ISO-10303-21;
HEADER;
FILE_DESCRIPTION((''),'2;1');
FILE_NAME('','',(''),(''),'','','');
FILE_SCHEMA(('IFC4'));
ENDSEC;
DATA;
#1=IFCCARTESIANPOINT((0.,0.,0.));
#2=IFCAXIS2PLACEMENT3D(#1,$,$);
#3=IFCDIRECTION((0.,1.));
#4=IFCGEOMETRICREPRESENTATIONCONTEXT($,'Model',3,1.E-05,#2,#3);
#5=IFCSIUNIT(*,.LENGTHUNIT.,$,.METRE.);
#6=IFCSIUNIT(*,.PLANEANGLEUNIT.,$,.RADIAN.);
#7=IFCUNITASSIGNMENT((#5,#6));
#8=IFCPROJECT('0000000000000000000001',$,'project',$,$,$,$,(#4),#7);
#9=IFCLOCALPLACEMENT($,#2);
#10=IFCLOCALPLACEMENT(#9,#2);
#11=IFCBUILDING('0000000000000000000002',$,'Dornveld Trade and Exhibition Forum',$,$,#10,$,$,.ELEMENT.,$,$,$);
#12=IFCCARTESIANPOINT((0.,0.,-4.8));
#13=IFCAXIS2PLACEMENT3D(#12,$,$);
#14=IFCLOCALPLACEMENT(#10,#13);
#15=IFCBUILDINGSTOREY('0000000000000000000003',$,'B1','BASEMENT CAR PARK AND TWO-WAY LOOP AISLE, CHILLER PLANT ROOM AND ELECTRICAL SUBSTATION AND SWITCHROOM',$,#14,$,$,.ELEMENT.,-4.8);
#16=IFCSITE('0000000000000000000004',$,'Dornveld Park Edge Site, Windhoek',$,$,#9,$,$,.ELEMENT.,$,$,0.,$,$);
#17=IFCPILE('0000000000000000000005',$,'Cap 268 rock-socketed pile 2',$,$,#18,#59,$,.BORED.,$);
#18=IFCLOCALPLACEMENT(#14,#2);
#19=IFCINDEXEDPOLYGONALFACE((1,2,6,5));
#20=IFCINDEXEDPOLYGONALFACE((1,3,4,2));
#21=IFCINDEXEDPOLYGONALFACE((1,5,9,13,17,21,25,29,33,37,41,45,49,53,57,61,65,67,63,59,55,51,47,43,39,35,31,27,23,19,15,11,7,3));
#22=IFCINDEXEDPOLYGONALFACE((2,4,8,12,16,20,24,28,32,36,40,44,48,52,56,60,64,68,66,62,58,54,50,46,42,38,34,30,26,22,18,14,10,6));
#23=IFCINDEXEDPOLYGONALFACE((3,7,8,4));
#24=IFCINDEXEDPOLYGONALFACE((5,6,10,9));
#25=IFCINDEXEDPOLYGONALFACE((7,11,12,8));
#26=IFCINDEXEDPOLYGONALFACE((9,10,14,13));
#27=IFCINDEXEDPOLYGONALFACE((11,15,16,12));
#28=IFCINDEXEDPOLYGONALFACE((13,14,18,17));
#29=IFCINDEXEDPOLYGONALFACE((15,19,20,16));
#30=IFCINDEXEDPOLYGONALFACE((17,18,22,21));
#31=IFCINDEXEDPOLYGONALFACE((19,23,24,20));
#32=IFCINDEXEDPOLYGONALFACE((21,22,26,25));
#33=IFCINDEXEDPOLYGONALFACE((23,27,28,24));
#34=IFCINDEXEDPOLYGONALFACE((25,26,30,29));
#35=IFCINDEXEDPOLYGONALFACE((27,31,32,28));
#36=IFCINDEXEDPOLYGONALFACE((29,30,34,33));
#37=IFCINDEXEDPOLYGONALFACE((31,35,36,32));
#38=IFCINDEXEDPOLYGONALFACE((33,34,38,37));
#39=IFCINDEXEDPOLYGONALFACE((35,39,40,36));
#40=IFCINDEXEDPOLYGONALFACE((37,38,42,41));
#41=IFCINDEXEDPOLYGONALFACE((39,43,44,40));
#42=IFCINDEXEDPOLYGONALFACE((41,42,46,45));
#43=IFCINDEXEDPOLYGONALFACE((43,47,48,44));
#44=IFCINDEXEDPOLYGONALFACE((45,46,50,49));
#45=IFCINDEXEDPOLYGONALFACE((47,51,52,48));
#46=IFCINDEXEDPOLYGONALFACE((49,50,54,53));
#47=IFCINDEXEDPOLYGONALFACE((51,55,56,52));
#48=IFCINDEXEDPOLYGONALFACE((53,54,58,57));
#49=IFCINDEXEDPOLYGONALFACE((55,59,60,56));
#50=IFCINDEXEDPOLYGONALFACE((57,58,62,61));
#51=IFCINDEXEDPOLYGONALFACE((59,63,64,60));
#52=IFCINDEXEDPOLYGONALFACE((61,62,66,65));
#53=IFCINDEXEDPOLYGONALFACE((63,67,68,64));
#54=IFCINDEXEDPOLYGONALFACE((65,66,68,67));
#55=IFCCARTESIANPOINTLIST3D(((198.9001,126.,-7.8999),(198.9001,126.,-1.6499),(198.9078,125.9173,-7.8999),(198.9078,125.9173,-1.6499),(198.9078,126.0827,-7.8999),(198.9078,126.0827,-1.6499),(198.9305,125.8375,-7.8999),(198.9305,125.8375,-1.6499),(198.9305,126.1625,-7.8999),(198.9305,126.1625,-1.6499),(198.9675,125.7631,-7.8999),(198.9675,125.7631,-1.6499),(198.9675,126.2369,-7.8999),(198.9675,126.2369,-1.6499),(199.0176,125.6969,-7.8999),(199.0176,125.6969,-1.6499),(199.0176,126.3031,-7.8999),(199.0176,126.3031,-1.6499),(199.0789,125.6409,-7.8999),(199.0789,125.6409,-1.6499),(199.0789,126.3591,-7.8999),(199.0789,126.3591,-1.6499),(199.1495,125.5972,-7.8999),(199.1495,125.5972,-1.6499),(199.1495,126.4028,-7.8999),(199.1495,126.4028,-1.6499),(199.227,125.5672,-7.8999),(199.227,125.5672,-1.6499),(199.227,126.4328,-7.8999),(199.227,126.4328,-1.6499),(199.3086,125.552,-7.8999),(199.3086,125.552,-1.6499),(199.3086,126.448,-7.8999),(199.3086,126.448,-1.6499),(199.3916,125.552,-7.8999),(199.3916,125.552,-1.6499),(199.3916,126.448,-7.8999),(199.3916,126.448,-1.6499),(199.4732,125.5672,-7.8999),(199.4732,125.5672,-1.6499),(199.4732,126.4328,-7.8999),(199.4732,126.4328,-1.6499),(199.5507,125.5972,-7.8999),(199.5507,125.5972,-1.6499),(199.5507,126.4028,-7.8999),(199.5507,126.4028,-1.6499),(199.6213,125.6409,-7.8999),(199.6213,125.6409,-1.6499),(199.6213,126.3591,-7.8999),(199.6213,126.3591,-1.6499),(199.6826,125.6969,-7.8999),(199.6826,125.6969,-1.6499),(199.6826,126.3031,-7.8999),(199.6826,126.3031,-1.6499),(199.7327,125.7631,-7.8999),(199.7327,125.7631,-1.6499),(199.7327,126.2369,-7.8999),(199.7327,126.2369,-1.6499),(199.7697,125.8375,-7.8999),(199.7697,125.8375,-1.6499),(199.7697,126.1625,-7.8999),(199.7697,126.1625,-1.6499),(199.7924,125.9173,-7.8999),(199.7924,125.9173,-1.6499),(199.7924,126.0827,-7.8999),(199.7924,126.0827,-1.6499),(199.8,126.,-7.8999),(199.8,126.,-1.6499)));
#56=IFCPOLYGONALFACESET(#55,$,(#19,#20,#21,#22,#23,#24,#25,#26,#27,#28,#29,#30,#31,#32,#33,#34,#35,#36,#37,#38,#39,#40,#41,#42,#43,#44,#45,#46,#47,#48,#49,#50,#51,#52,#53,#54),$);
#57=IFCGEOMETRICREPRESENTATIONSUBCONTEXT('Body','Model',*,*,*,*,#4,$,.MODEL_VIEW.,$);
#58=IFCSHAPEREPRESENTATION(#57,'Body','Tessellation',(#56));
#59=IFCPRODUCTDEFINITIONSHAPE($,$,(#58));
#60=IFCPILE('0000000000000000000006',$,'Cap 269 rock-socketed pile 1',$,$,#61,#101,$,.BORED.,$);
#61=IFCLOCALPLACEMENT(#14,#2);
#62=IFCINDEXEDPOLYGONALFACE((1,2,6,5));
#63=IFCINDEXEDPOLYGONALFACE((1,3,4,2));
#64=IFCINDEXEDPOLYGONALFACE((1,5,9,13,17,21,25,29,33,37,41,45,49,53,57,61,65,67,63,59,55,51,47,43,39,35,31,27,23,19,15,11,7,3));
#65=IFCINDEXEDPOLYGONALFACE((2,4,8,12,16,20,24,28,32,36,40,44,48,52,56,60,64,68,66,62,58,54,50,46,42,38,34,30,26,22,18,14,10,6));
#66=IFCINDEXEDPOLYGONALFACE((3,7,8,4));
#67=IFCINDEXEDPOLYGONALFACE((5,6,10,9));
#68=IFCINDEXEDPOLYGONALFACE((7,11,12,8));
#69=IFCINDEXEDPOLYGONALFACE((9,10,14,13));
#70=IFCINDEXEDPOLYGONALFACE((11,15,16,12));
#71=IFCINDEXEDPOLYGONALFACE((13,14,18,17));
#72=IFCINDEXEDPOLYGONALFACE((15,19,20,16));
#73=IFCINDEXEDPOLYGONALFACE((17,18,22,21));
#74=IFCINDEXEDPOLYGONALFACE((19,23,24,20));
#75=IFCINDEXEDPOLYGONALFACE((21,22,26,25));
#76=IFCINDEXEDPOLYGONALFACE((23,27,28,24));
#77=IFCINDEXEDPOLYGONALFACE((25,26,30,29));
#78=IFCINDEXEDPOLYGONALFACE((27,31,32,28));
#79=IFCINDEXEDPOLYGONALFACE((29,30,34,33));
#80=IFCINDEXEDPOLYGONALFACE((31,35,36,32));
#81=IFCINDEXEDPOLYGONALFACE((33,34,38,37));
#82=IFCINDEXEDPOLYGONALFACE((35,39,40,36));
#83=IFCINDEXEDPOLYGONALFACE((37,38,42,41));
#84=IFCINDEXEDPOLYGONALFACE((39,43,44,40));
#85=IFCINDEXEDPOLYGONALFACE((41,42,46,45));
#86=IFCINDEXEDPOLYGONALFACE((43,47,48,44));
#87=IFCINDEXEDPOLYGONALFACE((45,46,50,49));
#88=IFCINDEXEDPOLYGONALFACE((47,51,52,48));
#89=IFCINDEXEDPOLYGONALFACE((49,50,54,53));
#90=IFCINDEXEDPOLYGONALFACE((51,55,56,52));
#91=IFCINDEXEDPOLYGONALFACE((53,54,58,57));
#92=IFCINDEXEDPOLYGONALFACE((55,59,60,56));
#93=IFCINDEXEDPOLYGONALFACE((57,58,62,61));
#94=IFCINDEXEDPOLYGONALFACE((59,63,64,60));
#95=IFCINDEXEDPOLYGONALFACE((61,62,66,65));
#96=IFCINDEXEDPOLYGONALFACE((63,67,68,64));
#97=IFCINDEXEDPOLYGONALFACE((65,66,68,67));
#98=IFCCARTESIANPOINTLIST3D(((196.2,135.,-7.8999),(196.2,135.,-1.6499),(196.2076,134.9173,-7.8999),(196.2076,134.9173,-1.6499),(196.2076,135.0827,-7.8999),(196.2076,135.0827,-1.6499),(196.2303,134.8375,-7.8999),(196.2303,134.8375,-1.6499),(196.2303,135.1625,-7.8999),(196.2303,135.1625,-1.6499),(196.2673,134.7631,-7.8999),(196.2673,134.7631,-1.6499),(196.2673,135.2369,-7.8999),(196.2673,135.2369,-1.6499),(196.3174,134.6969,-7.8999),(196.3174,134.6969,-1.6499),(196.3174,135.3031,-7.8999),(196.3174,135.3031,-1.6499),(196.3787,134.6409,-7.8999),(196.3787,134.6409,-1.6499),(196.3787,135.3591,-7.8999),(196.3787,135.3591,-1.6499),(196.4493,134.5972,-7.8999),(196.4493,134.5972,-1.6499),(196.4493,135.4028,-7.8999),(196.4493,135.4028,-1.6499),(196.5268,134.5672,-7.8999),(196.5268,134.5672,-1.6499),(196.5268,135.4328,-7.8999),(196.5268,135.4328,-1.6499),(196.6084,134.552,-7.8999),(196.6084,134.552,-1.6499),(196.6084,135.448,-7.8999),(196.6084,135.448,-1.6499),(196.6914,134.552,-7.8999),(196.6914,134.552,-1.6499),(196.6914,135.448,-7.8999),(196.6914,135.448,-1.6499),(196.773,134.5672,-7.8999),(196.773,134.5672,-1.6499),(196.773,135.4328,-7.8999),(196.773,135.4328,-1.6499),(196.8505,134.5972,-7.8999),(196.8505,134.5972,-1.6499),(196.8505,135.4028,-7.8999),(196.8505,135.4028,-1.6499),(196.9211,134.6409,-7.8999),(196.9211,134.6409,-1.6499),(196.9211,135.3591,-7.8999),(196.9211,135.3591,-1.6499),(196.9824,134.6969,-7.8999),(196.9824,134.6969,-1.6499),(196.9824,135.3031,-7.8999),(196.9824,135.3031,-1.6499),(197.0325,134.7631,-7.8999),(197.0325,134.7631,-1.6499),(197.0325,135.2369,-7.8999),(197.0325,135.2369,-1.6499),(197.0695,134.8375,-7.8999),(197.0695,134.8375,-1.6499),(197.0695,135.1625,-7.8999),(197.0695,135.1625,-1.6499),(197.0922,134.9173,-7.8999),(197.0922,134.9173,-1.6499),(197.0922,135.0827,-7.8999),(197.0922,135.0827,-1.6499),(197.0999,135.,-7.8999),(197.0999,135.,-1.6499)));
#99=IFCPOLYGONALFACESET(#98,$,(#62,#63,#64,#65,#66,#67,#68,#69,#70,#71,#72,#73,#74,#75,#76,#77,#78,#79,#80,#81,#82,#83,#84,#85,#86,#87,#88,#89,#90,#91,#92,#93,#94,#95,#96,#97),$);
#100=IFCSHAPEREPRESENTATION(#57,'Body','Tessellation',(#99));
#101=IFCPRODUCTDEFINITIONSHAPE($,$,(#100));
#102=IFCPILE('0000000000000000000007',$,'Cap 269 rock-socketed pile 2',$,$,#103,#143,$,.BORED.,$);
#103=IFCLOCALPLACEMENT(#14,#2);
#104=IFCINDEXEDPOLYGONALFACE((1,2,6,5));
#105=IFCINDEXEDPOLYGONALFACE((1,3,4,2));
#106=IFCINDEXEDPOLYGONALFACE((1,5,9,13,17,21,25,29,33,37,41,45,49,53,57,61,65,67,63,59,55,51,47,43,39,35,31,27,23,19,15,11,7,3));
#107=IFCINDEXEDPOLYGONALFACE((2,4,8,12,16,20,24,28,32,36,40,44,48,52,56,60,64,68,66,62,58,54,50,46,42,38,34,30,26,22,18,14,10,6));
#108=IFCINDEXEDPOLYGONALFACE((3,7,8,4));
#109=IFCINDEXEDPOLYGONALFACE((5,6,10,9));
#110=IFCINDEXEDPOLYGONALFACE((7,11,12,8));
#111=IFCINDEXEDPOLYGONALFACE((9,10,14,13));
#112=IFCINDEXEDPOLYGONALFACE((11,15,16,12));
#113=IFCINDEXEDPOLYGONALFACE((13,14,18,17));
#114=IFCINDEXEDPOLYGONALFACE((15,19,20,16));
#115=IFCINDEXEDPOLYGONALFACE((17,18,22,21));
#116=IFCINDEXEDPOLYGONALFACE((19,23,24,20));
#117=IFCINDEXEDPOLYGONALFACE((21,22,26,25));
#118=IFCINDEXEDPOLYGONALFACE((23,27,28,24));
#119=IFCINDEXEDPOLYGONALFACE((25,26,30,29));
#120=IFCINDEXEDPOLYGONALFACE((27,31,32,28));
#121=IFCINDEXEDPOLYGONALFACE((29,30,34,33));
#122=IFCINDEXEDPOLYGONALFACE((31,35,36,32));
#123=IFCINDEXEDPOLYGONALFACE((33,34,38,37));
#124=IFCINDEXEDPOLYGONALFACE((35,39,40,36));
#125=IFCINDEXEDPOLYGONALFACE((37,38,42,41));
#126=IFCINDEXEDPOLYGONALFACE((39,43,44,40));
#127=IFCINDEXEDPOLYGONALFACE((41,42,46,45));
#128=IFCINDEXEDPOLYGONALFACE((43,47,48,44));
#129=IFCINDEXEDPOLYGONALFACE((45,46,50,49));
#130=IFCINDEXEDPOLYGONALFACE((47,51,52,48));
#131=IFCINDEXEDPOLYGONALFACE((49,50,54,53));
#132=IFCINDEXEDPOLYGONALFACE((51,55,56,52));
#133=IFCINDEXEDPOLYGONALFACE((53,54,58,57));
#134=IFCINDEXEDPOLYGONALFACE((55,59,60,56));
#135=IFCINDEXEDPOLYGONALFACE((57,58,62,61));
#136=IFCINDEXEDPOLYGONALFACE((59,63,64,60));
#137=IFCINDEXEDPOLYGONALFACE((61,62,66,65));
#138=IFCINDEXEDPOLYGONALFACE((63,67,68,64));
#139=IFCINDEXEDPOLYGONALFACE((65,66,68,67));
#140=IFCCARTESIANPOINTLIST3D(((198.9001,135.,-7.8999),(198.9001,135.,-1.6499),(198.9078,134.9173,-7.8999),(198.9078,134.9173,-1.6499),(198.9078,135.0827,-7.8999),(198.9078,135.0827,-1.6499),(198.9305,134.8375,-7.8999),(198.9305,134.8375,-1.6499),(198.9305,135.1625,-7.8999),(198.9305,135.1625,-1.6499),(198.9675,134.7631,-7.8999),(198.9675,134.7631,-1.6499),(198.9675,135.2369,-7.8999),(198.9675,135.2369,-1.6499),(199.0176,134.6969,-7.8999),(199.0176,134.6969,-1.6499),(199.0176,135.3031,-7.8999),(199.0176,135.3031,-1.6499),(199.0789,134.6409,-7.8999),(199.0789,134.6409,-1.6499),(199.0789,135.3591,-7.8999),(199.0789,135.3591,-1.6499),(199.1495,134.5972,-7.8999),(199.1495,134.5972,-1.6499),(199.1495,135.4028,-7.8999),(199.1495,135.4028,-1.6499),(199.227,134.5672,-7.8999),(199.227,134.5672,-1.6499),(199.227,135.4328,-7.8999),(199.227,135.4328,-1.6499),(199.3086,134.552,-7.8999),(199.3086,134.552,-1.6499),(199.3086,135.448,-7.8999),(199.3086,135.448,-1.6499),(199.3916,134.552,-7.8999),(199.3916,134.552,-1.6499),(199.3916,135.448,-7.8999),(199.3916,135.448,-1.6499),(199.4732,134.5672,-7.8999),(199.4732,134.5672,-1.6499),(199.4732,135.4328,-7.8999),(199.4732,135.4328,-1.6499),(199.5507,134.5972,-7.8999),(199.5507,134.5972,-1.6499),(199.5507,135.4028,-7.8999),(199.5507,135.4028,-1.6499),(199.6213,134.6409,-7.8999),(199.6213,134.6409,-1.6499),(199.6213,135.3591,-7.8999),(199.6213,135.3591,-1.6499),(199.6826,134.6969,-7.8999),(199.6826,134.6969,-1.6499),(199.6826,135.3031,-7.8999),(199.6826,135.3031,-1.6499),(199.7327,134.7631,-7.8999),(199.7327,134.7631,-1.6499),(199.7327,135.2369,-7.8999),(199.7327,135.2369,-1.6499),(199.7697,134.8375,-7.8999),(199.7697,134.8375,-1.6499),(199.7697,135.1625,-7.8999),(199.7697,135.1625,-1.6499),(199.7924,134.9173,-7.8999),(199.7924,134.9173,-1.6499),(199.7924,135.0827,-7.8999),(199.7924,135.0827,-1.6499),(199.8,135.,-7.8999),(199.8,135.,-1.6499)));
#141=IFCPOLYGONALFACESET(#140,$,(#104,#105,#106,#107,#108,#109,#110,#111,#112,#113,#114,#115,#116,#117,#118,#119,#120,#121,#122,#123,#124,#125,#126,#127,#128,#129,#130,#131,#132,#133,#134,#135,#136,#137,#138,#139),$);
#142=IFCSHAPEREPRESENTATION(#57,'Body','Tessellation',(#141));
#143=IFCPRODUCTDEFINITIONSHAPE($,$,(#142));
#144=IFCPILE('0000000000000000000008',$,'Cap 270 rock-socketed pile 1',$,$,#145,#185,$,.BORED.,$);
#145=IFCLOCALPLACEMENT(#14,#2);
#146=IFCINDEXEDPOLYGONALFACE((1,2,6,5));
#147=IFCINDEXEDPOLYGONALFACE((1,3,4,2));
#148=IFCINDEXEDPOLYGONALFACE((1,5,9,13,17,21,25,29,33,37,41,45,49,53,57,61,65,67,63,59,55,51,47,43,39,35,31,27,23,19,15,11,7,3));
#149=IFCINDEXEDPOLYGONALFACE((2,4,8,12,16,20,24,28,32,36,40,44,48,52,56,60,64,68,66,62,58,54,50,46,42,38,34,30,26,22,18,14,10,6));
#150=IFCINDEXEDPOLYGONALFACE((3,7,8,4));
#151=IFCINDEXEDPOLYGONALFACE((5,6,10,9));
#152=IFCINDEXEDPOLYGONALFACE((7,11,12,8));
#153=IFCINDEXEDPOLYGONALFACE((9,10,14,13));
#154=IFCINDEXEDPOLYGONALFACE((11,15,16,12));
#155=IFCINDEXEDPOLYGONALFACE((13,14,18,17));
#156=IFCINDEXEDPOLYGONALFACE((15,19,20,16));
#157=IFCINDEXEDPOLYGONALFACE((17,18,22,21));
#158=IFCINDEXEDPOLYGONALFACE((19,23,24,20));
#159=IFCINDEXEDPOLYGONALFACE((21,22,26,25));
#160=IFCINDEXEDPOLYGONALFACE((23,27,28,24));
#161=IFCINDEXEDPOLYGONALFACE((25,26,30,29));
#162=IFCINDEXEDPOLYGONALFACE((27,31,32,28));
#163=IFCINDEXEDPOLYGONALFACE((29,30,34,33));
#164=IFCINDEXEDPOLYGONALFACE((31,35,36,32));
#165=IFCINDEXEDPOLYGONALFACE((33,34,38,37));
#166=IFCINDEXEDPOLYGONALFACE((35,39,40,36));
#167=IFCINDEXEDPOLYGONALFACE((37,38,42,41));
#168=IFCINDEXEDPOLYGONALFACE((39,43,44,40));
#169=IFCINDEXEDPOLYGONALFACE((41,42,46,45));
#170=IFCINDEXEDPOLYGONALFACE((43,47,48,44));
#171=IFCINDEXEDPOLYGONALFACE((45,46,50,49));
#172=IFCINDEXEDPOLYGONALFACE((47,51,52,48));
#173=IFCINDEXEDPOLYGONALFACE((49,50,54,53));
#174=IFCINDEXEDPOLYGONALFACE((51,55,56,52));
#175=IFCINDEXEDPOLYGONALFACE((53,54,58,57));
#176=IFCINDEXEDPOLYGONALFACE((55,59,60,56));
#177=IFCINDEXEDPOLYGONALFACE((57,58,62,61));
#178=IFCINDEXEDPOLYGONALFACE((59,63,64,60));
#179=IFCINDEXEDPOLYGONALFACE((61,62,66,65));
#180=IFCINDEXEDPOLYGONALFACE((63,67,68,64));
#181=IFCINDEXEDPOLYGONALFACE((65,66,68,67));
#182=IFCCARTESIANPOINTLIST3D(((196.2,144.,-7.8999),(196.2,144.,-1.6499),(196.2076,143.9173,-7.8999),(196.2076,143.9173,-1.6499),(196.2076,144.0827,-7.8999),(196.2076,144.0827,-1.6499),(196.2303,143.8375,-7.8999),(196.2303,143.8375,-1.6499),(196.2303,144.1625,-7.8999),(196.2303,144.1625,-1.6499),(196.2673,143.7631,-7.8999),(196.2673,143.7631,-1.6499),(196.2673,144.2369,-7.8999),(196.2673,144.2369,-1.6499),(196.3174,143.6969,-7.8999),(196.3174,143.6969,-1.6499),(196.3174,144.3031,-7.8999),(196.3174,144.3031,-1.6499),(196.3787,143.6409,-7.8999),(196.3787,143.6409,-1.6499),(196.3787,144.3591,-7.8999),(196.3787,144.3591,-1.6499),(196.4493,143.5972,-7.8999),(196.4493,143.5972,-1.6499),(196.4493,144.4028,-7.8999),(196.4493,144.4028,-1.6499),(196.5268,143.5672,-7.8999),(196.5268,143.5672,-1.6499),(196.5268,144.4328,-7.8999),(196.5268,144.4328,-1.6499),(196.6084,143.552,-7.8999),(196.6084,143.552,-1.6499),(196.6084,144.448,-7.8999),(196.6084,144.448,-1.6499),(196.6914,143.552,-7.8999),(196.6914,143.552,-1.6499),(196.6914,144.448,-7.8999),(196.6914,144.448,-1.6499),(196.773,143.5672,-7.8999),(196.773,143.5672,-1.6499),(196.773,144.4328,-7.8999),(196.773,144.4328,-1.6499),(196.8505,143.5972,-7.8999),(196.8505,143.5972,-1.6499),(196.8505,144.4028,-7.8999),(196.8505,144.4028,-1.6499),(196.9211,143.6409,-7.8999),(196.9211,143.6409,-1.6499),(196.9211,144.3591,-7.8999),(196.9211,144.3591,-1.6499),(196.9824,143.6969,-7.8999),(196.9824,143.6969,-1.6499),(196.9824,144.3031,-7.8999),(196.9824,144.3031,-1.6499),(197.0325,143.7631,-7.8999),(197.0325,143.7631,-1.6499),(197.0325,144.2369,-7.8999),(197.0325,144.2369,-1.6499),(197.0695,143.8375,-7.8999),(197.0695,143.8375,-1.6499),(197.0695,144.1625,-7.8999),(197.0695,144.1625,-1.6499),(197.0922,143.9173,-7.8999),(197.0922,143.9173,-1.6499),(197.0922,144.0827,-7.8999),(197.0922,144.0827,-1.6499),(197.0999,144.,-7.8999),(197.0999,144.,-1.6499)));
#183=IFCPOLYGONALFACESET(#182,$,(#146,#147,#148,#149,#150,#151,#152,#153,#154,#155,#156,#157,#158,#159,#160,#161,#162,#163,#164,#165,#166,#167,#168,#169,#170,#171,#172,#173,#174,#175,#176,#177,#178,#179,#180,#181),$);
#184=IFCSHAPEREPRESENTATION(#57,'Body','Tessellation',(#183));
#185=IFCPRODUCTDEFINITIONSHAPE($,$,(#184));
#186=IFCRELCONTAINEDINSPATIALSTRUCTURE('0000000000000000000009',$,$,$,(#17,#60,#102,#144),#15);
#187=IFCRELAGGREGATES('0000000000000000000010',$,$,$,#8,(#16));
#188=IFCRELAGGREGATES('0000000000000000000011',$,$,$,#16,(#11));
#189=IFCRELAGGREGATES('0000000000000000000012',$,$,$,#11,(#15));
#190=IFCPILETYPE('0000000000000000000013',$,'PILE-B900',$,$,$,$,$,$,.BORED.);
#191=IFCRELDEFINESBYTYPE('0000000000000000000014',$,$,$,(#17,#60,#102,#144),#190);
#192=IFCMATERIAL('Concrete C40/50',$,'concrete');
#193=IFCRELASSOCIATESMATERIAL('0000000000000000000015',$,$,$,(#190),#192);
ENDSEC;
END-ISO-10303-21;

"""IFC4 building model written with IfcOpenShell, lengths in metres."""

from ifc_helpers import new_model, si_unit, direction, frame, origin, origin_2d, place, context, subcontext, project, spatial, circle, extrude, material, material_profile, profile_set, type_object, element, save


model = new_model("IFC4")

# Units and contexts
model_context = context("Model", 3, precision=1e-05, world=origin(), true_north=direction((0.0, 1.0)))
body_context = subcontext(model_context, "Body", "Model", "MODEL_VIEW")
ifc_project = project(units=[si_unit("LENGTHUNIT", "METRE"), si_unit("PLANEANGLEUNIT", "RADIAN")], contexts=[model_context])

# Site, building, storey
site_placement = place(None, origin())
site = spatial("IfcSite", under=ifc_project, at=site_placement, Name="Dornveld Park Edge Site, Windhoek", CompositionType="ELEMENT", RefElevation=0.0)
building_placement = place(site_placement, origin())
building = spatial("IfcBuilding", under=site, at=building_placement, Name="Dornveld Trade and Exhibition Forum", CompositionType="ELEMENT")
storey_placement = place(building_placement, frame((0.0, 0.0, -4.8)))
storey = spatial("IfcBuildingStorey", under=building, at=storey_placement, Name="B1", Description="BASEMENT CAR PARK AND TWO-WAY LOOP AISLE, CHILLER PLANT ROOM AND ELECTRICAL SUBSTATION AND SWITCHROOM", CompositionType="ELEMENT", Elevation=-4.8)

# Piles
ifc_material_1 = material(Name="Concrete C40/50", Category="concrete")
ifc_material_profile_1 = material_profile(ifc_material_1, circle(Radius=0.45, at=origin_2d()), Name="PILE D900")
ifc_profile_set_1 = profile_set([ifc_material_profile_1], Name="Concrete C40/50")
pile_type = type_object("IfcPileType", Name="PILE-B900", PredefinedType="BORED", material=ifc_profile_set_1)
for number, where, z_axis, x_axis, name in (
    (1, (199.3501, 126.0, -1.6499), (0.0, 0.0, -1.0), (1.0, 0.0, 0.0), "Cap 268 rock-socketed pile 2"),
    (2, (196.6499, 135.0, -1.6499), (0.0, 0.0, -1.0), (1.0, 0.0, 0.0), "Cap 269 rock-socketed pile 1"),
    (3, (199.3501, 135.0, -1.6499), (0.0, 0.0, -1.0), (1.0, 0.0, 0.0), "Cap 269 rock-socketed pile 2"),
    (4, (196.6499, 144.0, -1.6499), (0.0, 0.0, -1.0), (1.0, 0.0, 0.0), "Cap 270 rock-socketed pile 1"),
):
    element("IfcPile", number, at=place(storey_placement, frame(where, z_axis=z_axis, x_axis=x_axis)), inside=storey, type_object=pile_type, Name=name, PredefinedType="BORED", context=body_context, shape_type="SweptSolid", body=[
        extrude(circle(Radius=0.45, at=origin_2d()), origin(), (0.0, 0.0, 1.0), 6.25),
    ])

save(model, "model.ifc")
